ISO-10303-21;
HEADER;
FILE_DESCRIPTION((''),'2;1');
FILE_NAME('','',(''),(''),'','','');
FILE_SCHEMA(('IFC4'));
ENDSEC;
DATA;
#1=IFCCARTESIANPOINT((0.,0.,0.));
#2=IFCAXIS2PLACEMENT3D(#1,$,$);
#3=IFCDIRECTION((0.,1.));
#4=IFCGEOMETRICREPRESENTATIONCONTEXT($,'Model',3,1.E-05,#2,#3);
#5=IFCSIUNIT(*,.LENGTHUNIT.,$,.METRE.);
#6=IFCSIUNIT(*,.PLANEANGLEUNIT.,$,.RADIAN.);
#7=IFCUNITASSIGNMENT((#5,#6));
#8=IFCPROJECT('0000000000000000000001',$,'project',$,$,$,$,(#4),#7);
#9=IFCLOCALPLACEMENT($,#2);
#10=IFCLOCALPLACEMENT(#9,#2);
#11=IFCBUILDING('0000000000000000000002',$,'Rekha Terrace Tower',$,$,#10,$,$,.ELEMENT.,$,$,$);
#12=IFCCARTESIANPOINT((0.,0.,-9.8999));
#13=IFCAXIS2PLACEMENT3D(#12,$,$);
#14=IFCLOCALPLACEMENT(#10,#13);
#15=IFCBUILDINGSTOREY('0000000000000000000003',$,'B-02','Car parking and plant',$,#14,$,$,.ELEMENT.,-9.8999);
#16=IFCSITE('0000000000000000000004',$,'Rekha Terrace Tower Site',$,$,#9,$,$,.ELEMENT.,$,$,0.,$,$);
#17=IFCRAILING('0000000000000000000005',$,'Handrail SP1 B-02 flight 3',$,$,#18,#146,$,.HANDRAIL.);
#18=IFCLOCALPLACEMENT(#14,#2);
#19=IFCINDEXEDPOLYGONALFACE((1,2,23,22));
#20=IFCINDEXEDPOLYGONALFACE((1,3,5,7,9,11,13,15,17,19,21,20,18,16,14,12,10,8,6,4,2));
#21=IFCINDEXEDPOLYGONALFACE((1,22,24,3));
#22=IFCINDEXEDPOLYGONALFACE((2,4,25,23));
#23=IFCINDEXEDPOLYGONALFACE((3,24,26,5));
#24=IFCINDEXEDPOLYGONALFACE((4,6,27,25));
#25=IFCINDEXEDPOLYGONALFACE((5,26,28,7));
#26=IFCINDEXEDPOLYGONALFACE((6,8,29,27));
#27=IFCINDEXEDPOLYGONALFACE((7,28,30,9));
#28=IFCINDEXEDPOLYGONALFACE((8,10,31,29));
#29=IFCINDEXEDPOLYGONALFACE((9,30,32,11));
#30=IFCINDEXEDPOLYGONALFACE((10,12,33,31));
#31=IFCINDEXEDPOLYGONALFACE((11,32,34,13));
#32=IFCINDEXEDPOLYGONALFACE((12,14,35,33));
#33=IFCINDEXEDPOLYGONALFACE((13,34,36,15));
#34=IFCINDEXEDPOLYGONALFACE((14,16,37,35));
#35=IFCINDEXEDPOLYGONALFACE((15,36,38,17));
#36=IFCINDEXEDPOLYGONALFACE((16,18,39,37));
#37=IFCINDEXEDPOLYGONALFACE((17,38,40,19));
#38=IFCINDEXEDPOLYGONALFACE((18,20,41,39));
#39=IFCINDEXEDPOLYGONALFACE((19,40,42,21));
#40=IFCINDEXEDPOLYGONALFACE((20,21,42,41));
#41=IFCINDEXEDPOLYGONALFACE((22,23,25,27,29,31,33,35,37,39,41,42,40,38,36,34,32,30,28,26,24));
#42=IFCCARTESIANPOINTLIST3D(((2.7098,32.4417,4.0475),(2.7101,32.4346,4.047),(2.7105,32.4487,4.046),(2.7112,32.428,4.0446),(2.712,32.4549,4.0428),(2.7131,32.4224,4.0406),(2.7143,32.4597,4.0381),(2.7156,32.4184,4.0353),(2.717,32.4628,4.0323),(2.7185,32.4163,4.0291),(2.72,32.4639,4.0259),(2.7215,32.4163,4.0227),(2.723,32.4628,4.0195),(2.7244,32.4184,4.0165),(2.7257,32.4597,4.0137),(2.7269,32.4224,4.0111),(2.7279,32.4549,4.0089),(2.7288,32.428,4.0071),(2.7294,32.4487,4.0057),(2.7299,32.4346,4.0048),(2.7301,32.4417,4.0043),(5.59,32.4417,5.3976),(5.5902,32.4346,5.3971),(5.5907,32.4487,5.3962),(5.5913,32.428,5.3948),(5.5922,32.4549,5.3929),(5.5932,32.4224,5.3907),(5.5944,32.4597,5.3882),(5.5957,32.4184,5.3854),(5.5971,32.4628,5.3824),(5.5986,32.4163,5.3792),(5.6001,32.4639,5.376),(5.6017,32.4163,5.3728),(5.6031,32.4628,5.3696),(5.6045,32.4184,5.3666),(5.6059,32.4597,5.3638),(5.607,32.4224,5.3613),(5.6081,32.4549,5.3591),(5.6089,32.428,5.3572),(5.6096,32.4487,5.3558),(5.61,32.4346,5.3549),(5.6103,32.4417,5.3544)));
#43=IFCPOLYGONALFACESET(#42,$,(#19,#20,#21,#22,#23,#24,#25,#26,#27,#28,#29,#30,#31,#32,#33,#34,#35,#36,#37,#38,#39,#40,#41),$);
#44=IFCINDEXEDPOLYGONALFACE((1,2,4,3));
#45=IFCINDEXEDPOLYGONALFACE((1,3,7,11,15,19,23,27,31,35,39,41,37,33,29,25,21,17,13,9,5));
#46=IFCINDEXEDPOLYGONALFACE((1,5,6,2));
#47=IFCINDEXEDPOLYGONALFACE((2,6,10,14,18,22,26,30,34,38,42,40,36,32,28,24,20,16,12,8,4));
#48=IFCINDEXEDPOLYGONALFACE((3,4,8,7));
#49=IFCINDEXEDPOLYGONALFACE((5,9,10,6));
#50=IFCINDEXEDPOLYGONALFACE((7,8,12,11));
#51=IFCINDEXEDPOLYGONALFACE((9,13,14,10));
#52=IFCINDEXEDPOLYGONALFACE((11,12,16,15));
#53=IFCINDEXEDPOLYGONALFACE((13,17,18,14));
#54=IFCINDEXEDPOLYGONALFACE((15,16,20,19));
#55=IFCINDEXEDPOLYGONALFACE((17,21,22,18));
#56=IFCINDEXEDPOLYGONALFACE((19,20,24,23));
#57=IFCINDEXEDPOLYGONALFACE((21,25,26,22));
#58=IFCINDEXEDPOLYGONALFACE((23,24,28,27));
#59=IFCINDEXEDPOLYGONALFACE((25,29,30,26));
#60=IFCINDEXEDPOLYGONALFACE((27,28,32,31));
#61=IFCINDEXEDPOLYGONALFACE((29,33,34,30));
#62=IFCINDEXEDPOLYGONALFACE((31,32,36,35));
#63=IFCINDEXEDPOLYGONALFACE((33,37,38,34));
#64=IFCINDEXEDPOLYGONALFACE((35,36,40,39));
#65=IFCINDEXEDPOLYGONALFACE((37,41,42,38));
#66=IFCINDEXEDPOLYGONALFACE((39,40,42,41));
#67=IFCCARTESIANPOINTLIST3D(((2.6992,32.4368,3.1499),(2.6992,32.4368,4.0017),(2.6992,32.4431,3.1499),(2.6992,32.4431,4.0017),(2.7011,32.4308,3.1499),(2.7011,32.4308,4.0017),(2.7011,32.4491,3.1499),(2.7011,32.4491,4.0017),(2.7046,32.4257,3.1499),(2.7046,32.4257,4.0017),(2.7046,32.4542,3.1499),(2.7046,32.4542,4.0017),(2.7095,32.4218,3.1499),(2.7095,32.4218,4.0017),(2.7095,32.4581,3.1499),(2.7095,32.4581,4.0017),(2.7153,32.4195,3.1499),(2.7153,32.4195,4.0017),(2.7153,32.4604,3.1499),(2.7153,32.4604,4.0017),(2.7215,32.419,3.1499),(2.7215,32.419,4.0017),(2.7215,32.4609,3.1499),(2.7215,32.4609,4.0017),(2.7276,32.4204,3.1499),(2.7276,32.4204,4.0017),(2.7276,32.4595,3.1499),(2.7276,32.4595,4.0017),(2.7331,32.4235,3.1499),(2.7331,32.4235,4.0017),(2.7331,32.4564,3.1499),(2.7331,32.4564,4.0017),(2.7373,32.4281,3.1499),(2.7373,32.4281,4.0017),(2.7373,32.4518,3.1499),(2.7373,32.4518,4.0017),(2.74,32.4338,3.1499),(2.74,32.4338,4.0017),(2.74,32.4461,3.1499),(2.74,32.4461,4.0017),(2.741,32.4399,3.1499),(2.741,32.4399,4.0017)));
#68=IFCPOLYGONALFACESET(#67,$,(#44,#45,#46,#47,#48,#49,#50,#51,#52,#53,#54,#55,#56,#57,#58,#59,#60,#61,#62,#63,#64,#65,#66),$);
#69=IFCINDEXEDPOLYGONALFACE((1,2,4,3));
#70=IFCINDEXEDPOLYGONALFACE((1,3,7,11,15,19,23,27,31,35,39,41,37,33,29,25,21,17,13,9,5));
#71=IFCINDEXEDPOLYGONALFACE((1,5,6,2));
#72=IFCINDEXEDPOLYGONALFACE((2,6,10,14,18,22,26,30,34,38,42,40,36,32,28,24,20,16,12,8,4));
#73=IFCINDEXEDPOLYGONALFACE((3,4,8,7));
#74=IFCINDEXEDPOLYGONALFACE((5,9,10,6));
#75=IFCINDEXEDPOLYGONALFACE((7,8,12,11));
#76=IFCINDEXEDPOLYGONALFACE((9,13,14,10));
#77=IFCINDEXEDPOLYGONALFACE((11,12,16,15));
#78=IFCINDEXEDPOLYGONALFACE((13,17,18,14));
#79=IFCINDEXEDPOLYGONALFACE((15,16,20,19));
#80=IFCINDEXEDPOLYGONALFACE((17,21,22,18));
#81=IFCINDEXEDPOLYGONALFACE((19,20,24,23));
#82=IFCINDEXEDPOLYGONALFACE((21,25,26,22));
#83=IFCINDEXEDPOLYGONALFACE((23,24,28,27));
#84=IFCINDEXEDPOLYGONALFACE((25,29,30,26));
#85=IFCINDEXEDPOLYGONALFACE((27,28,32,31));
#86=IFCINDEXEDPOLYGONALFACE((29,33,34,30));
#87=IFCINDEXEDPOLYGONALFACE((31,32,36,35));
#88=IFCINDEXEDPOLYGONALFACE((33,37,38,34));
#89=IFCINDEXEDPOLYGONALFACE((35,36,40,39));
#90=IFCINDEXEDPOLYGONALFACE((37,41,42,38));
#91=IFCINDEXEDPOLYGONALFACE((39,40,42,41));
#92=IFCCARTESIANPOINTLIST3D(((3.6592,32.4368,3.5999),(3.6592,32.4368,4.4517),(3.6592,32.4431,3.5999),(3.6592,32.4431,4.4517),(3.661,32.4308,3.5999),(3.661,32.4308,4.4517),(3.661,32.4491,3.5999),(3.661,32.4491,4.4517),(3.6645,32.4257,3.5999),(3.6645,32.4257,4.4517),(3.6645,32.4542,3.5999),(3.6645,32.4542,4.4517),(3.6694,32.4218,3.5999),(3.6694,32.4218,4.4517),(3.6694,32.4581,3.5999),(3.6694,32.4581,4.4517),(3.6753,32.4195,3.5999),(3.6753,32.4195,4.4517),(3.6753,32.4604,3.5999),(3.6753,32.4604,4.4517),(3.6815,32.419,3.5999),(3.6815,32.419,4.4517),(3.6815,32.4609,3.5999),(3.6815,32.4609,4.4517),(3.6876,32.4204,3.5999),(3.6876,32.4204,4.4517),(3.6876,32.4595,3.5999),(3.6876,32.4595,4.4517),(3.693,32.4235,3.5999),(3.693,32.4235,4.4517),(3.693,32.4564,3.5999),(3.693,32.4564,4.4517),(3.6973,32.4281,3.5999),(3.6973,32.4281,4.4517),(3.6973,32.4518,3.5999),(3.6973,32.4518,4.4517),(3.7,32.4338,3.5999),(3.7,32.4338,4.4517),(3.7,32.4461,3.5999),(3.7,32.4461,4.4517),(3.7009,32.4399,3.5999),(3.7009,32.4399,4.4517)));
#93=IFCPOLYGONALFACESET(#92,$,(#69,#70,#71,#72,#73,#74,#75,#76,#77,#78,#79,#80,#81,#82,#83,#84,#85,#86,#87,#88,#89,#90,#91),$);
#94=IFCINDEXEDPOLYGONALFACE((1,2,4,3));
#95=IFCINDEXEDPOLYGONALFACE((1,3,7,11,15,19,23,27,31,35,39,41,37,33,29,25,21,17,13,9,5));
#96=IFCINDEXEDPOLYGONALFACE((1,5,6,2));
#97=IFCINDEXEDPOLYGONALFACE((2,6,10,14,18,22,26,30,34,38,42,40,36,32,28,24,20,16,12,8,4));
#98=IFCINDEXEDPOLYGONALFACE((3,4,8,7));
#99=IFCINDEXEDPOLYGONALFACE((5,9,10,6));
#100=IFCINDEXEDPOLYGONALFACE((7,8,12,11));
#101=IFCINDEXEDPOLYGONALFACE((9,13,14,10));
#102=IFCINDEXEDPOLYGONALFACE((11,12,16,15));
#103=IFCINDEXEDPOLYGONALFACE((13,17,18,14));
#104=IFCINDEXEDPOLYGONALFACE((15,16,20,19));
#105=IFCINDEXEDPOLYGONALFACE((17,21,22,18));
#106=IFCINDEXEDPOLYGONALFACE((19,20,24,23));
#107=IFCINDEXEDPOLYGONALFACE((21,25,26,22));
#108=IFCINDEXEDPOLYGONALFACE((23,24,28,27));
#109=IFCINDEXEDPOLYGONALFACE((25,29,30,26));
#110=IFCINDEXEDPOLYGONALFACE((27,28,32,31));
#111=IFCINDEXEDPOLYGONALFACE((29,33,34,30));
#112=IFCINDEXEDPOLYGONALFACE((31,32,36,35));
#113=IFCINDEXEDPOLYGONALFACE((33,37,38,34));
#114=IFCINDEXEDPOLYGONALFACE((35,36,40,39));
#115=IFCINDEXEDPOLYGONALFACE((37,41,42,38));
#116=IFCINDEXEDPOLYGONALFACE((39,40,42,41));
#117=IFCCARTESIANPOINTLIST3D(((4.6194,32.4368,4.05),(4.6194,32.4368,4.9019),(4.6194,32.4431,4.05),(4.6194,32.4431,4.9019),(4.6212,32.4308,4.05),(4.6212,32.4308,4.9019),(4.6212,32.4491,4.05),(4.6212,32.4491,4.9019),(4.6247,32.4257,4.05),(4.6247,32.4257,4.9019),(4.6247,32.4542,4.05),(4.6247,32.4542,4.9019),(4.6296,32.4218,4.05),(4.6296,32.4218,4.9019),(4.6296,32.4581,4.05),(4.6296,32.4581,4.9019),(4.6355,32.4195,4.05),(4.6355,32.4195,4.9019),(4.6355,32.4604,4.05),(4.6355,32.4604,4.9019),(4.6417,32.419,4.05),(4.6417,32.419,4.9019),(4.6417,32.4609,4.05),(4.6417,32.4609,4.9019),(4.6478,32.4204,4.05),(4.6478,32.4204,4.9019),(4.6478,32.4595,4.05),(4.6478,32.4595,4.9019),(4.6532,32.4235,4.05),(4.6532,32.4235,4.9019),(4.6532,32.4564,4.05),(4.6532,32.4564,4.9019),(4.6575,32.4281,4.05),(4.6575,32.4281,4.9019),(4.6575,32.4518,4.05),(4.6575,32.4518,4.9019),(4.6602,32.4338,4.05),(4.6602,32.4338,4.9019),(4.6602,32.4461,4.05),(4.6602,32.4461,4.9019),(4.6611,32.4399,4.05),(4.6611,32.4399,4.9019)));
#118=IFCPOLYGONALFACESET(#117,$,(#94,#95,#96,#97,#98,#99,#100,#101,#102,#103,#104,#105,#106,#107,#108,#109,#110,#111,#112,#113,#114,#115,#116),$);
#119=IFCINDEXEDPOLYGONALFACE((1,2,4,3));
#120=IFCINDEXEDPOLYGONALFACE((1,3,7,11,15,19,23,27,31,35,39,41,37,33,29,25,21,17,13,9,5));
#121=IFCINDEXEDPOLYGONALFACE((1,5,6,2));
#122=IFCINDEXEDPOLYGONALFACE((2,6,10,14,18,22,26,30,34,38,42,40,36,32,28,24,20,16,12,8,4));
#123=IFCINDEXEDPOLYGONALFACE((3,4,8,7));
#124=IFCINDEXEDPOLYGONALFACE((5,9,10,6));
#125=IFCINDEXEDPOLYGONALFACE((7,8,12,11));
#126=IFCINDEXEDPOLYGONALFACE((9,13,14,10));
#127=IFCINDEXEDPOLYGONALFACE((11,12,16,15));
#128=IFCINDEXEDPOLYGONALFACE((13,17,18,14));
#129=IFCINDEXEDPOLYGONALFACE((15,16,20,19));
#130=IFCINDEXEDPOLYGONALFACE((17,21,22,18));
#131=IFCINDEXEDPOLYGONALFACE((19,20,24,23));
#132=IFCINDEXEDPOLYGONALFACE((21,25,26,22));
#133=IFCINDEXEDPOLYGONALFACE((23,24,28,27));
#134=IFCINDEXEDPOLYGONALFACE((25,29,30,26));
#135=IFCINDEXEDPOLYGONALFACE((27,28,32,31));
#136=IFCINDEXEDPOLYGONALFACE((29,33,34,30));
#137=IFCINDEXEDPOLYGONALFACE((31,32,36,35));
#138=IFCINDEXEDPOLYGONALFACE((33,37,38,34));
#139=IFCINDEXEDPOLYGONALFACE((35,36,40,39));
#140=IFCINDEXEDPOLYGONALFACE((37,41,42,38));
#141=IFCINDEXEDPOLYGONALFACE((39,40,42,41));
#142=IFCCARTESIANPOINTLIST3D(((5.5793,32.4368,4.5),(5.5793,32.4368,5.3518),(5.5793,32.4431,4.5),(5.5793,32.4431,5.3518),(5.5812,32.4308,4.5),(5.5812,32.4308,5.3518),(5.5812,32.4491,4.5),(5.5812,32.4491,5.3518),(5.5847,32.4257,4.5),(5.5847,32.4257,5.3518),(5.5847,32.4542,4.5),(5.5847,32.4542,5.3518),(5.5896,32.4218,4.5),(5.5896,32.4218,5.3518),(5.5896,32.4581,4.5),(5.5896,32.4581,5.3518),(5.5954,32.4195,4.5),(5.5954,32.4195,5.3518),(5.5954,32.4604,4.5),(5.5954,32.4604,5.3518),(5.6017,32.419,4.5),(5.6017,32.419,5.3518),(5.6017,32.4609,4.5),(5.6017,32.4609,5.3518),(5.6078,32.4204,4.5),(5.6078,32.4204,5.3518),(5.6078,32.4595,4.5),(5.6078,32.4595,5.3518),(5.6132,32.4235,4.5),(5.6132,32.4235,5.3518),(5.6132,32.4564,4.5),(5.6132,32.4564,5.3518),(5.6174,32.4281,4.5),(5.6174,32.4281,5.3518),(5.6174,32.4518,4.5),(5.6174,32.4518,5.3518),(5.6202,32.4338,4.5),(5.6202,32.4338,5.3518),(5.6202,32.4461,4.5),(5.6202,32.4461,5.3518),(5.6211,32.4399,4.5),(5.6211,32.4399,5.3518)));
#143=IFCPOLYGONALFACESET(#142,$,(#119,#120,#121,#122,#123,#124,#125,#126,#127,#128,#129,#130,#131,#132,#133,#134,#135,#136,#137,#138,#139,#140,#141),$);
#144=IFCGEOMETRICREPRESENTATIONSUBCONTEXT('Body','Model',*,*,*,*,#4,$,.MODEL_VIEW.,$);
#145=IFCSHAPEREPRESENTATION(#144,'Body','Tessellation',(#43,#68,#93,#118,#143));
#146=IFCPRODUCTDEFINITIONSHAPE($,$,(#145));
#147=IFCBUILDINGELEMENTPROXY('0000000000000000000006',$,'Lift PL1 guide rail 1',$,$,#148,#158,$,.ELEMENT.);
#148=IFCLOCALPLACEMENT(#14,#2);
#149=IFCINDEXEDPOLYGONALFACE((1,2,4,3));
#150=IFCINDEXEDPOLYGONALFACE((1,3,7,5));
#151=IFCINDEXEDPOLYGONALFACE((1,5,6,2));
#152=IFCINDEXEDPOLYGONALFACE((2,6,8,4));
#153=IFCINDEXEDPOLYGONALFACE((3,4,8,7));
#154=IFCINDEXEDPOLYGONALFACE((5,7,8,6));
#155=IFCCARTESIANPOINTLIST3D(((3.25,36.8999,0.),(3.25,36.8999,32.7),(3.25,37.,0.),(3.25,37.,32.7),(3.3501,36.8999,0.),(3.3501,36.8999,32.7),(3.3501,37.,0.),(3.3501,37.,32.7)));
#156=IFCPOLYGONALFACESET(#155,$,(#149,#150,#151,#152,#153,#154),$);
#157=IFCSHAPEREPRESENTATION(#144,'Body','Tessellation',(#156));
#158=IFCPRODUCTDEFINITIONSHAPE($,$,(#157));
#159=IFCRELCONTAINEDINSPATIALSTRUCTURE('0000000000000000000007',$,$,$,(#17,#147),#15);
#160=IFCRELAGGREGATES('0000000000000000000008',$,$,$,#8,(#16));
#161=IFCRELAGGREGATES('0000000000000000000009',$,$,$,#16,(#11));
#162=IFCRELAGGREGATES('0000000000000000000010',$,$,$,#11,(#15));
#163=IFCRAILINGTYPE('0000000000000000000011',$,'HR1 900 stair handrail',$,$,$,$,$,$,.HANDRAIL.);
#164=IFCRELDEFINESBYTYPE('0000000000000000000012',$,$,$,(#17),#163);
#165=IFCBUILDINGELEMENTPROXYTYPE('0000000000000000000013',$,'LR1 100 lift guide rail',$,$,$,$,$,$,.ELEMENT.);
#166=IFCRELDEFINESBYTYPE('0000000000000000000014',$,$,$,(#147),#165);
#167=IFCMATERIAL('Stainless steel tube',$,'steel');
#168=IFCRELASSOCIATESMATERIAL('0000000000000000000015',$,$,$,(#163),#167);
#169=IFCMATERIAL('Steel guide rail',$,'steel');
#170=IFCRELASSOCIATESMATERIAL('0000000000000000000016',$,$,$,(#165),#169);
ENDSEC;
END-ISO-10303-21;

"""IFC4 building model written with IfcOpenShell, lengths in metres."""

from ifc_helpers import new_model, si_unit, direction, frame, origin, origin_2d, place, context, subcontext, project, spatial, rectangle, circle, extrude, material, type_object, element, save


model = new_model("IFC4")

# Units and contexts
model_context = context("Model", 3, precision=1e-05, world=origin(), true_north=direction((0.0, 1.0)))
body_context = subcontext(model_context, "Body", "Model", "MODEL_VIEW")
ifc_project = project(units=[si_unit("LENGTHUNIT", "METRE"), si_unit("PLANEANGLEUNIT", "RADIAN")], contexts=[model_context])

# Site, building, storey
site_placement = place(None, origin())
site = spatial("IfcSite", under=ifc_project, at=site_placement, Name="Rekha Terrace Tower Site", CompositionType="ELEMENT", RefElevation=0.0)
building_placement = place(site_placement, origin())
building = spatial("IfcBuilding", under=site, at=building_placement, Name="Rekha Terrace Tower", CompositionType="ELEMENT")
storey_placement = place(building_placement, frame((0.0, 0.0, -9.8999)))
storey = spatial("IfcBuildingStorey", under=building, at=storey_placement, Name="B-02", Description="Car parking and plant", CompositionType="ELEMENT", Elevation=-9.8999)

# Railing
ifc_material_1 = material(Name="Stainless steel tube", Category="steel")
railing_type_1 = type_object("IfcRailingType", Name="HR1 900 stair handrail", PredefinedType="HANDRAIL", material=ifc_material_1)
railing_1_placement = place(storey_placement, frame((2.72, 32.4399, 3.1499)))
element("IfcRailing", 1, at=railing_1_placement, inside=storey, type_object=railing_type_1, Name="Handrail SP1 B-02 flight 3", PredefinedType="HANDRAIL", context=body_context, shape_type="SweptSolid", body=[
    extrude(circle(Radius=0.0239, at=origin_2d()), frame((0.0, 0.0, 0.876), z_axis=(0.905454, 0.0, 0.424444), x_axis=(0.0, 1.0, 0.0)), (0.0, 0.0, 1.0), 3.1809),
    extrude(circle(Radius=0.021, at=origin_2d()), origin(), (0.0, 0.0, 1.0), 0.8518),
    extrude(circle(Radius=0.021, at=origin_2d()), frame((0.96, 0.0, 0.45)), (0.0, 0.0, 1.0), 0.8518),
    extrude(circle(Radius=0.021, at=origin_2d()), frame((1.9202, 0.0, 0.9001)), (0.0, 0.0, 1.0), 0.8518),
    extrude(circle(Radius=0.021, at=origin_2d()), frame((2.8801, 0.0, 1.3501)), (0.0, 0.0, 1.0), 0.8518),
])

# Building element proxy
ifc_material_2 = material(Name="Steel guide rail", Category="steel")
building_element_proxy_type = type_object("IfcBuildingElementProxyType", Name="LR1 100 lift guide rail", PredefinedType="ELEMENT", material=ifc_material_2)
proxy_placement = place(storey_placement, frame((3.3, 36.95, 0.0), z_axis=(0.0, 0.0, 1.0), x_axis=(1.0, 0.0, 0.0)))
element("IfcBuildingElementProxy", 2, at=proxy_placement, inside=storey, type_object=building_element_proxy_type, Name="Lift PL1 guide rail 1", PredefinedType="ELEMENT", context=body_context, shape_type="SweptSolid", body=[
    extrude(rectangle(XDim=0.1001, YDim=0.1001, at=origin_2d()), origin(), (0.0, 0.0, 1.0), 32.7),
])

save(model, "model.ifc")
